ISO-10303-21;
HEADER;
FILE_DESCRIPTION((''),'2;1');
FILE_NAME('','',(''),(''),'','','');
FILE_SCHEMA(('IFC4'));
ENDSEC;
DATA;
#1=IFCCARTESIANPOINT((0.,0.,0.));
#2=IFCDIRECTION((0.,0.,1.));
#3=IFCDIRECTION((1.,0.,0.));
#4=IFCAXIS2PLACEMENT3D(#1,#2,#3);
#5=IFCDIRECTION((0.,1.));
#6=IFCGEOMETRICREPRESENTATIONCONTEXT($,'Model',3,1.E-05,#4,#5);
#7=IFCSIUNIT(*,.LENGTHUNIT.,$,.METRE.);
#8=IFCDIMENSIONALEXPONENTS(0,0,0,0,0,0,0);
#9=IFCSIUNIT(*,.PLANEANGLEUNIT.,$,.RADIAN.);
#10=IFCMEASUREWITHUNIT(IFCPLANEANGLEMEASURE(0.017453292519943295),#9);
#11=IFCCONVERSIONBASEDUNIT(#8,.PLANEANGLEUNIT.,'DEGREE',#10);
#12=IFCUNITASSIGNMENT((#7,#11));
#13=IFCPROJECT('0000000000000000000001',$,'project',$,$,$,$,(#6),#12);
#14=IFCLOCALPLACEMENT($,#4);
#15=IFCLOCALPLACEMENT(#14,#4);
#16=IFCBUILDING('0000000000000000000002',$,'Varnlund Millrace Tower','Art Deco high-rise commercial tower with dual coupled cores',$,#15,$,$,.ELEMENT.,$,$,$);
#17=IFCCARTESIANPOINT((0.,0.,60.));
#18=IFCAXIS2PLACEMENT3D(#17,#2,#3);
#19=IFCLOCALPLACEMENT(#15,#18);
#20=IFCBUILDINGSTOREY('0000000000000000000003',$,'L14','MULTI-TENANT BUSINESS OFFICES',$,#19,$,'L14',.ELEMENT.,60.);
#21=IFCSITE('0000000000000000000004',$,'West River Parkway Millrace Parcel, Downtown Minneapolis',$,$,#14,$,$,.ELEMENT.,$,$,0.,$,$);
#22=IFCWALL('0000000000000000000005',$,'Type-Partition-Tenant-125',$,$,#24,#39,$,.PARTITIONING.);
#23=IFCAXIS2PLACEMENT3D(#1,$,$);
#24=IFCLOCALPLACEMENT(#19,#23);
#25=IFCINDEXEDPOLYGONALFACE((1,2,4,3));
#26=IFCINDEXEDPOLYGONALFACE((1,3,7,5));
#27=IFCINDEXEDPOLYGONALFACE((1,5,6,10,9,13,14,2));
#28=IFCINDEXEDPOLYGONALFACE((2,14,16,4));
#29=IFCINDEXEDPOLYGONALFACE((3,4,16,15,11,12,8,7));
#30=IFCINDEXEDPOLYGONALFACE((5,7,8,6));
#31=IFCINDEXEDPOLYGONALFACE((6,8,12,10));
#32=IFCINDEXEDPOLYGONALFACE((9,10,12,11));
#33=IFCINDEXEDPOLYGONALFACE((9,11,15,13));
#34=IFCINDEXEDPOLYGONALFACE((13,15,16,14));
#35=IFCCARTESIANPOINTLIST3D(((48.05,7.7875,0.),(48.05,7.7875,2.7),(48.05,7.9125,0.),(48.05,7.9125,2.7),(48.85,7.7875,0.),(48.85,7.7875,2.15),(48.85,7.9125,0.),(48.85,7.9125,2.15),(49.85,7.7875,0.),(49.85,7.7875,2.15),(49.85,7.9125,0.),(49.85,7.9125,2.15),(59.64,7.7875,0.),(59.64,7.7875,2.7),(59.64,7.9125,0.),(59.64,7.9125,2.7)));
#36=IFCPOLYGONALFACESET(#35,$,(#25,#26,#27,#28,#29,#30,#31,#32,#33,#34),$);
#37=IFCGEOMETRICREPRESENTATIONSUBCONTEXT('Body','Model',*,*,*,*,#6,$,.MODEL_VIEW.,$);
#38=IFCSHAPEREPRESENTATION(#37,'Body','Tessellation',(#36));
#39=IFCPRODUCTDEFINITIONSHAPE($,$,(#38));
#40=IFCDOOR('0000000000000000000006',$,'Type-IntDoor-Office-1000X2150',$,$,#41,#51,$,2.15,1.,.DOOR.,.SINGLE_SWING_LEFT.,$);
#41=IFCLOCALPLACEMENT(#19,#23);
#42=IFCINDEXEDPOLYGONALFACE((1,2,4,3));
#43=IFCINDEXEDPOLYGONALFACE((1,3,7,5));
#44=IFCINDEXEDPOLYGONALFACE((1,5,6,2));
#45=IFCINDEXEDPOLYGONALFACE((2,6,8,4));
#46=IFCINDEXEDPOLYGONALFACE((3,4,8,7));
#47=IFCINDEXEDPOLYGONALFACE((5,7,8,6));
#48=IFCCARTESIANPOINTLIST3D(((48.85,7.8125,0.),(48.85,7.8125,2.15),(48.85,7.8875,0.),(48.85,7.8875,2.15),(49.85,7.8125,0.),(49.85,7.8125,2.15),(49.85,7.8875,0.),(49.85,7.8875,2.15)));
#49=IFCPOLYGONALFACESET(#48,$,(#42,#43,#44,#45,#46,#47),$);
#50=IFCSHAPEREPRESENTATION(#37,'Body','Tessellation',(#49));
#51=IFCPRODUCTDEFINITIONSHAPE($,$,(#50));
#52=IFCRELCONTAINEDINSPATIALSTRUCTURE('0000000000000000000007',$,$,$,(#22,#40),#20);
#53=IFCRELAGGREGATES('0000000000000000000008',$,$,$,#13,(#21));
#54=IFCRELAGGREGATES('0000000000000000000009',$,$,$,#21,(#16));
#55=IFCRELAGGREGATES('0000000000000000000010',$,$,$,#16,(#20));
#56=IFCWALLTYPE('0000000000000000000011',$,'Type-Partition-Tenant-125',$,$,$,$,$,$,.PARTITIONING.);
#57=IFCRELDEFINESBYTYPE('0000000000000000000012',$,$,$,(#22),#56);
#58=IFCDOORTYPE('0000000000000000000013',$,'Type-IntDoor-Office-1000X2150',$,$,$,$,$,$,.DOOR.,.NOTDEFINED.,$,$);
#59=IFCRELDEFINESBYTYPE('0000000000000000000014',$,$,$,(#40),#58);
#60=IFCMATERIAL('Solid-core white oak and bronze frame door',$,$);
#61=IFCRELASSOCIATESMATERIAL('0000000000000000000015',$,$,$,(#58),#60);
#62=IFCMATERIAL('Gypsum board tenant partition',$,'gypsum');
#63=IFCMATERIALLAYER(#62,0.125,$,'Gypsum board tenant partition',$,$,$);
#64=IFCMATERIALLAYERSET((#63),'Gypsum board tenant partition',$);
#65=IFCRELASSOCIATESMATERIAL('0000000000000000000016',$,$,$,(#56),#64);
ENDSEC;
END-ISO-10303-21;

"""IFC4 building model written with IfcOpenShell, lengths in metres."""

from ifc_helpers import new_model, entity, si_unit, converted_unit, direction, frame, origin_with_axes, origin_2d_with_axis, place, context, subcontext, project, spatial, polyline, rectangle, outline, extrude, material, layer, layer_set, type_object, element, fill, save


model = new_model("IFC4")

# Units and contexts
model_context = context("Model", 3, precision=1e-05, world=origin_with_axes(), true_north=direction((0.0, 1.0)))
body_context = subcontext(model_context, "Body", "Model", "MODEL_VIEW")
ifc_project = project(units=[si_unit("LENGTHUNIT", "METRE"), converted_unit("PLANEANGLEUNIT", "DEGREE", entity("IfcPlaneAngleMeasure", 0.017453292519943295), si_unit("PLANEANGLEUNIT", "RADIAN"), dimensions=[0, 0, 0, 0, 0, 0, 0])], contexts=[model_context])

# Site, building, storey
site_placement = place(None, origin_with_axes())
site = spatial("IfcSite", under=ifc_project, at=site_placement, Name="West River Parkway Millrace Parcel, Downtown Minneapolis", CompositionType="ELEMENT", RefElevation=0.0)
building_placement = place(site_placement, origin_with_axes())
building = spatial("IfcBuilding", under=site, at=building_placement, Name="Varnlund Millrace Tower", Description="Art Deco high-rise commercial tower with dual coupled cores", CompositionType="ELEMENT")
storey_placement = place(building_placement, frame((0.0, 0.0, 60.0), z_axis=(0.0, 0.0, 1.0), x_axis=(1.0, 0.0, 0.0)))
storey = spatial("IfcBuildingStorey", under=building, at=storey_placement, Name="L14", Description="MULTI-TENANT BUSINESS OFFICES", LongName="L14", CompositionType="ELEMENT", Elevation=60.0)

# Shared definitions
ifc_material_1 = material(Name="Solid-core white oak and bronze frame door")
door_type = type_object("IfcDoorType", Name="Type-IntDoor-Office-1000X2150", OperationType="NOTDEFINED", PredefinedType="DOOR", material=ifc_material_1)

# Wall, opening, door
ifc_material_2 = material(Name="Gypsum board tenant partition", Category="gypsum")
ifc_layer_1 = layer(ifc_material_2, 0.125, Name="Gypsum board tenant partition")
ifc_layer_set_1 = layer_set([ifc_layer_1], Name="Gypsum board tenant partition")
wall_type_1 = type_object("IfcWallType", Name="Type-Partition-Tenant-125", PredefinedType="PARTITIONING", material=ifc_layer_set_1)
wall_1_placement = place(storey_placement, frame((59.64, 7.85, 0.0), z_axis=(0.0, 0.0, 1.0), x_axis=(-1.0, 0.0, 0.0)))
wall_1 = element("IfcWall", 1, at=wall_1_placement, inside=storey, type_object=wall_type_1, Name="Type-Partition-Tenant-125", PredefinedType="PARTITIONING", context=body_context, shape_type="SweptSolid", body=[
    extrude(outline(polyline([(0.0, -0.0625), (11.59, -0.0625), (11.59, 0.0625), (0.0, 0.0625), (0.0, -0.0625)])), origin_with_axes(), (0.0, 0.0, 1.0), 2.7),
])
opening_1_placement = place(wall_1_placement, frame((10.29, 0.0, 0.0), z_axis=(0.0, 0.0, 1.0), x_axis=(1.0, 0.0, 0.0)))
opening_1 = element("IfcOpeningElement", 2, at=opening_1_placement, cuts=wall_1, PredefinedType="OPENING", context=body_context, shape_type="SweptSolid", body=[
    extrude(rectangle(XDim=1.0, YDim=0.145, at=origin_2d_with_axis()), origin_with_axes(), (0.0, 0.0, 1.0), 2.15),
])
door_1_placement = place(wall_1_placement, frame((10.29, 0.0, 0.0), z_axis=(0.0, 0.0, 1.0), x_axis=(1.0, 0.0, 0.0)))
door_1 = element("IfcDoor", 3, at=door_1_placement, inside=storey, type_object=door_type, Name="Type-IntDoor-Office-1000X2150", OperationType="SINGLE_SWING_LEFT", OverallHeight=2.15, OverallWidth=1.0, PredefinedType="DOOR", context=body_context, shape_type="SweptSolid", body=[
    extrude(rectangle(XDim=1.0, YDim=0.075, at=origin_2d_with_axis()), origin_with_axes(), (0.0, 0.0, 1.0), 2.15),
])
fill(opening_1, door_1)

save(model, "model.ifc")
